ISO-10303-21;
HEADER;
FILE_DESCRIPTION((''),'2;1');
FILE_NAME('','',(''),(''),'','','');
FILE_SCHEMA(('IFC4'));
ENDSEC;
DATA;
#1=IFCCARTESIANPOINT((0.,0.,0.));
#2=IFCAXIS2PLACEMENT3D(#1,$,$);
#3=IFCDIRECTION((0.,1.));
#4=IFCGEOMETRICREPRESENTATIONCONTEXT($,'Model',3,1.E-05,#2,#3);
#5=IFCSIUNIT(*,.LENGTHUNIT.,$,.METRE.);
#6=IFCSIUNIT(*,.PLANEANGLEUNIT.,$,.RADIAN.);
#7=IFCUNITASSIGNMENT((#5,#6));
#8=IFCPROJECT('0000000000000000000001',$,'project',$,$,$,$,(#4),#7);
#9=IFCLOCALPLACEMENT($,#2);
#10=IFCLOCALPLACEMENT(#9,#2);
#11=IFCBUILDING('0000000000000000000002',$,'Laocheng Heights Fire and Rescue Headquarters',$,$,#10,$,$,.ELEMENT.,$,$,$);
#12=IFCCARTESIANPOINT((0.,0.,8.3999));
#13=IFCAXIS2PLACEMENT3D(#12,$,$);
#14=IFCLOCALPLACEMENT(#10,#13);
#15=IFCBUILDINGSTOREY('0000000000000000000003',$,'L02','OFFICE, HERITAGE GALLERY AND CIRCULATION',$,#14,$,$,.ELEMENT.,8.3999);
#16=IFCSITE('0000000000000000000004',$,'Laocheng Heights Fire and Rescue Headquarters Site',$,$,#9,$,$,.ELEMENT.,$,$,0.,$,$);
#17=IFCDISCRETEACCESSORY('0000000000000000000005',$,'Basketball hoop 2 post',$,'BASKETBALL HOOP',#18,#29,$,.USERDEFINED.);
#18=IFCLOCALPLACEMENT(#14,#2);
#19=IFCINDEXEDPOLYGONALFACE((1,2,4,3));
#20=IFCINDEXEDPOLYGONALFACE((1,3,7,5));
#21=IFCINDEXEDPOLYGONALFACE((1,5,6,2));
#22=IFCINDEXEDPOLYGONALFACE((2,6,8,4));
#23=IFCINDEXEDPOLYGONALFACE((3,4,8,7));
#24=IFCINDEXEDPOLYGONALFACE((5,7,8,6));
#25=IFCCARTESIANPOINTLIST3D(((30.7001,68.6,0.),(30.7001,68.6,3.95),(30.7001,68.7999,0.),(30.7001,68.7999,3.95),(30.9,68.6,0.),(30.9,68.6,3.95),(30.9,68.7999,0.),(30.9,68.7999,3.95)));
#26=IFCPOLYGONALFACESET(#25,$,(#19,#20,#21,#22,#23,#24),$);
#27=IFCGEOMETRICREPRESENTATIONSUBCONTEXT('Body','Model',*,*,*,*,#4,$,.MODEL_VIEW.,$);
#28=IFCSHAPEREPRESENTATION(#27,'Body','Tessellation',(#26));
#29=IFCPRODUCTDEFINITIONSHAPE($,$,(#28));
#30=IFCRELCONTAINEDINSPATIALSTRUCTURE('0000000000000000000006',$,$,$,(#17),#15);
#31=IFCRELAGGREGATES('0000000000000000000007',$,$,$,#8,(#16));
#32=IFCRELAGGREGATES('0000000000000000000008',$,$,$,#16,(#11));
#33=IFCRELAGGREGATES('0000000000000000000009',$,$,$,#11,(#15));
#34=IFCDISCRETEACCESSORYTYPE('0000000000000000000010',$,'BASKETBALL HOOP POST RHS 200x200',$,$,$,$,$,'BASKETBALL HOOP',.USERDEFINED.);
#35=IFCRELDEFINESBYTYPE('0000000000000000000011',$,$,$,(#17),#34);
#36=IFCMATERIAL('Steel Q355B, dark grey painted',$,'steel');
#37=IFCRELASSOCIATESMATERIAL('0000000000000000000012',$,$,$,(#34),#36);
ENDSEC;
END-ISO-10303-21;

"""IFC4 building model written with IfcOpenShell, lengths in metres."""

from ifc_helpers import new_model, si_unit, direction, frame, origin, origin_2d, place, context, subcontext, project, spatial, rectangle, extrude, material, type_object, element, save


model = new_model("IFC4")

# Units and contexts
model_context = context("Model", 3, precision=1e-05, world=origin(), true_north=direction((0.0, 1.0)))
body_context = subcontext(model_context, "Body", "Model", "MODEL_VIEW")
ifc_project = project(units=[si_unit("LENGTHUNIT", "METRE"), si_unit("PLANEANGLEUNIT", "RADIAN")], contexts=[model_context])

# Site, building, storey
site_placement = place(None, origin())
site = spatial("IfcSite", under=ifc_project, at=site_placement, Name="Laocheng Heights Fire and Rescue Headquarters Site", CompositionType="ELEMENT", RefElevation=0.0)
building_placement = place(site_placement, origin())
building = spatial("IfcBuilding", under=site, at=building_placement, Name="Laocheng Heights Fire and Rescue Headquarters", CompositionType="ELEMENT")
storey_placement = place(building_placement, frame((0.0, 0.0, 8.3999)))
storey = spatial("IfcBuildingStorey", under=building, at=storey_placement, Name="L02", Description="OFFICE, HERITAGE GALLERY AND CIRCULATION", CompositionType="ELEMENT", Elevation=8.3999)

# Discrete accessory
ifc_material_1 = material(Name="Steel Q355B, dark grey painted", Category="steel")
discrete_accessory_type_1 = type_object("IfcDiscreteAccessoryType", Name="BASKETBALL HOOP POST RHS 200x200", ElementType="BASKETBALL HOOP", PredefinedType="USERDEFINED", material=ifc_material_1)
discrete_accessory_1_placement = place(storey_placement, frame((30.8, 68.7, 0.0), z_axis=(0.0, 0.0, 1.0), x_axis=(1.0, 0.0, 0.0)))
element("IfcDiscreteAccessory", 1, at=discrete_accessory_1_placement, inside=storey, type_object=discrete_accessory_type_1, Name="Basketball hoop 2 post", ObjectType="BASKETBALL HOOP", PredefinedType="USERDEFINED", context=body_context, shape_type="SweptSolid", body=[
    extrude(rectangle(XDim=0.2, YDim=0.2, at=origin_2d()), origin(), (0.0, 0.0, 1.0), 3.95),
])

save(model, "model.ifc")
